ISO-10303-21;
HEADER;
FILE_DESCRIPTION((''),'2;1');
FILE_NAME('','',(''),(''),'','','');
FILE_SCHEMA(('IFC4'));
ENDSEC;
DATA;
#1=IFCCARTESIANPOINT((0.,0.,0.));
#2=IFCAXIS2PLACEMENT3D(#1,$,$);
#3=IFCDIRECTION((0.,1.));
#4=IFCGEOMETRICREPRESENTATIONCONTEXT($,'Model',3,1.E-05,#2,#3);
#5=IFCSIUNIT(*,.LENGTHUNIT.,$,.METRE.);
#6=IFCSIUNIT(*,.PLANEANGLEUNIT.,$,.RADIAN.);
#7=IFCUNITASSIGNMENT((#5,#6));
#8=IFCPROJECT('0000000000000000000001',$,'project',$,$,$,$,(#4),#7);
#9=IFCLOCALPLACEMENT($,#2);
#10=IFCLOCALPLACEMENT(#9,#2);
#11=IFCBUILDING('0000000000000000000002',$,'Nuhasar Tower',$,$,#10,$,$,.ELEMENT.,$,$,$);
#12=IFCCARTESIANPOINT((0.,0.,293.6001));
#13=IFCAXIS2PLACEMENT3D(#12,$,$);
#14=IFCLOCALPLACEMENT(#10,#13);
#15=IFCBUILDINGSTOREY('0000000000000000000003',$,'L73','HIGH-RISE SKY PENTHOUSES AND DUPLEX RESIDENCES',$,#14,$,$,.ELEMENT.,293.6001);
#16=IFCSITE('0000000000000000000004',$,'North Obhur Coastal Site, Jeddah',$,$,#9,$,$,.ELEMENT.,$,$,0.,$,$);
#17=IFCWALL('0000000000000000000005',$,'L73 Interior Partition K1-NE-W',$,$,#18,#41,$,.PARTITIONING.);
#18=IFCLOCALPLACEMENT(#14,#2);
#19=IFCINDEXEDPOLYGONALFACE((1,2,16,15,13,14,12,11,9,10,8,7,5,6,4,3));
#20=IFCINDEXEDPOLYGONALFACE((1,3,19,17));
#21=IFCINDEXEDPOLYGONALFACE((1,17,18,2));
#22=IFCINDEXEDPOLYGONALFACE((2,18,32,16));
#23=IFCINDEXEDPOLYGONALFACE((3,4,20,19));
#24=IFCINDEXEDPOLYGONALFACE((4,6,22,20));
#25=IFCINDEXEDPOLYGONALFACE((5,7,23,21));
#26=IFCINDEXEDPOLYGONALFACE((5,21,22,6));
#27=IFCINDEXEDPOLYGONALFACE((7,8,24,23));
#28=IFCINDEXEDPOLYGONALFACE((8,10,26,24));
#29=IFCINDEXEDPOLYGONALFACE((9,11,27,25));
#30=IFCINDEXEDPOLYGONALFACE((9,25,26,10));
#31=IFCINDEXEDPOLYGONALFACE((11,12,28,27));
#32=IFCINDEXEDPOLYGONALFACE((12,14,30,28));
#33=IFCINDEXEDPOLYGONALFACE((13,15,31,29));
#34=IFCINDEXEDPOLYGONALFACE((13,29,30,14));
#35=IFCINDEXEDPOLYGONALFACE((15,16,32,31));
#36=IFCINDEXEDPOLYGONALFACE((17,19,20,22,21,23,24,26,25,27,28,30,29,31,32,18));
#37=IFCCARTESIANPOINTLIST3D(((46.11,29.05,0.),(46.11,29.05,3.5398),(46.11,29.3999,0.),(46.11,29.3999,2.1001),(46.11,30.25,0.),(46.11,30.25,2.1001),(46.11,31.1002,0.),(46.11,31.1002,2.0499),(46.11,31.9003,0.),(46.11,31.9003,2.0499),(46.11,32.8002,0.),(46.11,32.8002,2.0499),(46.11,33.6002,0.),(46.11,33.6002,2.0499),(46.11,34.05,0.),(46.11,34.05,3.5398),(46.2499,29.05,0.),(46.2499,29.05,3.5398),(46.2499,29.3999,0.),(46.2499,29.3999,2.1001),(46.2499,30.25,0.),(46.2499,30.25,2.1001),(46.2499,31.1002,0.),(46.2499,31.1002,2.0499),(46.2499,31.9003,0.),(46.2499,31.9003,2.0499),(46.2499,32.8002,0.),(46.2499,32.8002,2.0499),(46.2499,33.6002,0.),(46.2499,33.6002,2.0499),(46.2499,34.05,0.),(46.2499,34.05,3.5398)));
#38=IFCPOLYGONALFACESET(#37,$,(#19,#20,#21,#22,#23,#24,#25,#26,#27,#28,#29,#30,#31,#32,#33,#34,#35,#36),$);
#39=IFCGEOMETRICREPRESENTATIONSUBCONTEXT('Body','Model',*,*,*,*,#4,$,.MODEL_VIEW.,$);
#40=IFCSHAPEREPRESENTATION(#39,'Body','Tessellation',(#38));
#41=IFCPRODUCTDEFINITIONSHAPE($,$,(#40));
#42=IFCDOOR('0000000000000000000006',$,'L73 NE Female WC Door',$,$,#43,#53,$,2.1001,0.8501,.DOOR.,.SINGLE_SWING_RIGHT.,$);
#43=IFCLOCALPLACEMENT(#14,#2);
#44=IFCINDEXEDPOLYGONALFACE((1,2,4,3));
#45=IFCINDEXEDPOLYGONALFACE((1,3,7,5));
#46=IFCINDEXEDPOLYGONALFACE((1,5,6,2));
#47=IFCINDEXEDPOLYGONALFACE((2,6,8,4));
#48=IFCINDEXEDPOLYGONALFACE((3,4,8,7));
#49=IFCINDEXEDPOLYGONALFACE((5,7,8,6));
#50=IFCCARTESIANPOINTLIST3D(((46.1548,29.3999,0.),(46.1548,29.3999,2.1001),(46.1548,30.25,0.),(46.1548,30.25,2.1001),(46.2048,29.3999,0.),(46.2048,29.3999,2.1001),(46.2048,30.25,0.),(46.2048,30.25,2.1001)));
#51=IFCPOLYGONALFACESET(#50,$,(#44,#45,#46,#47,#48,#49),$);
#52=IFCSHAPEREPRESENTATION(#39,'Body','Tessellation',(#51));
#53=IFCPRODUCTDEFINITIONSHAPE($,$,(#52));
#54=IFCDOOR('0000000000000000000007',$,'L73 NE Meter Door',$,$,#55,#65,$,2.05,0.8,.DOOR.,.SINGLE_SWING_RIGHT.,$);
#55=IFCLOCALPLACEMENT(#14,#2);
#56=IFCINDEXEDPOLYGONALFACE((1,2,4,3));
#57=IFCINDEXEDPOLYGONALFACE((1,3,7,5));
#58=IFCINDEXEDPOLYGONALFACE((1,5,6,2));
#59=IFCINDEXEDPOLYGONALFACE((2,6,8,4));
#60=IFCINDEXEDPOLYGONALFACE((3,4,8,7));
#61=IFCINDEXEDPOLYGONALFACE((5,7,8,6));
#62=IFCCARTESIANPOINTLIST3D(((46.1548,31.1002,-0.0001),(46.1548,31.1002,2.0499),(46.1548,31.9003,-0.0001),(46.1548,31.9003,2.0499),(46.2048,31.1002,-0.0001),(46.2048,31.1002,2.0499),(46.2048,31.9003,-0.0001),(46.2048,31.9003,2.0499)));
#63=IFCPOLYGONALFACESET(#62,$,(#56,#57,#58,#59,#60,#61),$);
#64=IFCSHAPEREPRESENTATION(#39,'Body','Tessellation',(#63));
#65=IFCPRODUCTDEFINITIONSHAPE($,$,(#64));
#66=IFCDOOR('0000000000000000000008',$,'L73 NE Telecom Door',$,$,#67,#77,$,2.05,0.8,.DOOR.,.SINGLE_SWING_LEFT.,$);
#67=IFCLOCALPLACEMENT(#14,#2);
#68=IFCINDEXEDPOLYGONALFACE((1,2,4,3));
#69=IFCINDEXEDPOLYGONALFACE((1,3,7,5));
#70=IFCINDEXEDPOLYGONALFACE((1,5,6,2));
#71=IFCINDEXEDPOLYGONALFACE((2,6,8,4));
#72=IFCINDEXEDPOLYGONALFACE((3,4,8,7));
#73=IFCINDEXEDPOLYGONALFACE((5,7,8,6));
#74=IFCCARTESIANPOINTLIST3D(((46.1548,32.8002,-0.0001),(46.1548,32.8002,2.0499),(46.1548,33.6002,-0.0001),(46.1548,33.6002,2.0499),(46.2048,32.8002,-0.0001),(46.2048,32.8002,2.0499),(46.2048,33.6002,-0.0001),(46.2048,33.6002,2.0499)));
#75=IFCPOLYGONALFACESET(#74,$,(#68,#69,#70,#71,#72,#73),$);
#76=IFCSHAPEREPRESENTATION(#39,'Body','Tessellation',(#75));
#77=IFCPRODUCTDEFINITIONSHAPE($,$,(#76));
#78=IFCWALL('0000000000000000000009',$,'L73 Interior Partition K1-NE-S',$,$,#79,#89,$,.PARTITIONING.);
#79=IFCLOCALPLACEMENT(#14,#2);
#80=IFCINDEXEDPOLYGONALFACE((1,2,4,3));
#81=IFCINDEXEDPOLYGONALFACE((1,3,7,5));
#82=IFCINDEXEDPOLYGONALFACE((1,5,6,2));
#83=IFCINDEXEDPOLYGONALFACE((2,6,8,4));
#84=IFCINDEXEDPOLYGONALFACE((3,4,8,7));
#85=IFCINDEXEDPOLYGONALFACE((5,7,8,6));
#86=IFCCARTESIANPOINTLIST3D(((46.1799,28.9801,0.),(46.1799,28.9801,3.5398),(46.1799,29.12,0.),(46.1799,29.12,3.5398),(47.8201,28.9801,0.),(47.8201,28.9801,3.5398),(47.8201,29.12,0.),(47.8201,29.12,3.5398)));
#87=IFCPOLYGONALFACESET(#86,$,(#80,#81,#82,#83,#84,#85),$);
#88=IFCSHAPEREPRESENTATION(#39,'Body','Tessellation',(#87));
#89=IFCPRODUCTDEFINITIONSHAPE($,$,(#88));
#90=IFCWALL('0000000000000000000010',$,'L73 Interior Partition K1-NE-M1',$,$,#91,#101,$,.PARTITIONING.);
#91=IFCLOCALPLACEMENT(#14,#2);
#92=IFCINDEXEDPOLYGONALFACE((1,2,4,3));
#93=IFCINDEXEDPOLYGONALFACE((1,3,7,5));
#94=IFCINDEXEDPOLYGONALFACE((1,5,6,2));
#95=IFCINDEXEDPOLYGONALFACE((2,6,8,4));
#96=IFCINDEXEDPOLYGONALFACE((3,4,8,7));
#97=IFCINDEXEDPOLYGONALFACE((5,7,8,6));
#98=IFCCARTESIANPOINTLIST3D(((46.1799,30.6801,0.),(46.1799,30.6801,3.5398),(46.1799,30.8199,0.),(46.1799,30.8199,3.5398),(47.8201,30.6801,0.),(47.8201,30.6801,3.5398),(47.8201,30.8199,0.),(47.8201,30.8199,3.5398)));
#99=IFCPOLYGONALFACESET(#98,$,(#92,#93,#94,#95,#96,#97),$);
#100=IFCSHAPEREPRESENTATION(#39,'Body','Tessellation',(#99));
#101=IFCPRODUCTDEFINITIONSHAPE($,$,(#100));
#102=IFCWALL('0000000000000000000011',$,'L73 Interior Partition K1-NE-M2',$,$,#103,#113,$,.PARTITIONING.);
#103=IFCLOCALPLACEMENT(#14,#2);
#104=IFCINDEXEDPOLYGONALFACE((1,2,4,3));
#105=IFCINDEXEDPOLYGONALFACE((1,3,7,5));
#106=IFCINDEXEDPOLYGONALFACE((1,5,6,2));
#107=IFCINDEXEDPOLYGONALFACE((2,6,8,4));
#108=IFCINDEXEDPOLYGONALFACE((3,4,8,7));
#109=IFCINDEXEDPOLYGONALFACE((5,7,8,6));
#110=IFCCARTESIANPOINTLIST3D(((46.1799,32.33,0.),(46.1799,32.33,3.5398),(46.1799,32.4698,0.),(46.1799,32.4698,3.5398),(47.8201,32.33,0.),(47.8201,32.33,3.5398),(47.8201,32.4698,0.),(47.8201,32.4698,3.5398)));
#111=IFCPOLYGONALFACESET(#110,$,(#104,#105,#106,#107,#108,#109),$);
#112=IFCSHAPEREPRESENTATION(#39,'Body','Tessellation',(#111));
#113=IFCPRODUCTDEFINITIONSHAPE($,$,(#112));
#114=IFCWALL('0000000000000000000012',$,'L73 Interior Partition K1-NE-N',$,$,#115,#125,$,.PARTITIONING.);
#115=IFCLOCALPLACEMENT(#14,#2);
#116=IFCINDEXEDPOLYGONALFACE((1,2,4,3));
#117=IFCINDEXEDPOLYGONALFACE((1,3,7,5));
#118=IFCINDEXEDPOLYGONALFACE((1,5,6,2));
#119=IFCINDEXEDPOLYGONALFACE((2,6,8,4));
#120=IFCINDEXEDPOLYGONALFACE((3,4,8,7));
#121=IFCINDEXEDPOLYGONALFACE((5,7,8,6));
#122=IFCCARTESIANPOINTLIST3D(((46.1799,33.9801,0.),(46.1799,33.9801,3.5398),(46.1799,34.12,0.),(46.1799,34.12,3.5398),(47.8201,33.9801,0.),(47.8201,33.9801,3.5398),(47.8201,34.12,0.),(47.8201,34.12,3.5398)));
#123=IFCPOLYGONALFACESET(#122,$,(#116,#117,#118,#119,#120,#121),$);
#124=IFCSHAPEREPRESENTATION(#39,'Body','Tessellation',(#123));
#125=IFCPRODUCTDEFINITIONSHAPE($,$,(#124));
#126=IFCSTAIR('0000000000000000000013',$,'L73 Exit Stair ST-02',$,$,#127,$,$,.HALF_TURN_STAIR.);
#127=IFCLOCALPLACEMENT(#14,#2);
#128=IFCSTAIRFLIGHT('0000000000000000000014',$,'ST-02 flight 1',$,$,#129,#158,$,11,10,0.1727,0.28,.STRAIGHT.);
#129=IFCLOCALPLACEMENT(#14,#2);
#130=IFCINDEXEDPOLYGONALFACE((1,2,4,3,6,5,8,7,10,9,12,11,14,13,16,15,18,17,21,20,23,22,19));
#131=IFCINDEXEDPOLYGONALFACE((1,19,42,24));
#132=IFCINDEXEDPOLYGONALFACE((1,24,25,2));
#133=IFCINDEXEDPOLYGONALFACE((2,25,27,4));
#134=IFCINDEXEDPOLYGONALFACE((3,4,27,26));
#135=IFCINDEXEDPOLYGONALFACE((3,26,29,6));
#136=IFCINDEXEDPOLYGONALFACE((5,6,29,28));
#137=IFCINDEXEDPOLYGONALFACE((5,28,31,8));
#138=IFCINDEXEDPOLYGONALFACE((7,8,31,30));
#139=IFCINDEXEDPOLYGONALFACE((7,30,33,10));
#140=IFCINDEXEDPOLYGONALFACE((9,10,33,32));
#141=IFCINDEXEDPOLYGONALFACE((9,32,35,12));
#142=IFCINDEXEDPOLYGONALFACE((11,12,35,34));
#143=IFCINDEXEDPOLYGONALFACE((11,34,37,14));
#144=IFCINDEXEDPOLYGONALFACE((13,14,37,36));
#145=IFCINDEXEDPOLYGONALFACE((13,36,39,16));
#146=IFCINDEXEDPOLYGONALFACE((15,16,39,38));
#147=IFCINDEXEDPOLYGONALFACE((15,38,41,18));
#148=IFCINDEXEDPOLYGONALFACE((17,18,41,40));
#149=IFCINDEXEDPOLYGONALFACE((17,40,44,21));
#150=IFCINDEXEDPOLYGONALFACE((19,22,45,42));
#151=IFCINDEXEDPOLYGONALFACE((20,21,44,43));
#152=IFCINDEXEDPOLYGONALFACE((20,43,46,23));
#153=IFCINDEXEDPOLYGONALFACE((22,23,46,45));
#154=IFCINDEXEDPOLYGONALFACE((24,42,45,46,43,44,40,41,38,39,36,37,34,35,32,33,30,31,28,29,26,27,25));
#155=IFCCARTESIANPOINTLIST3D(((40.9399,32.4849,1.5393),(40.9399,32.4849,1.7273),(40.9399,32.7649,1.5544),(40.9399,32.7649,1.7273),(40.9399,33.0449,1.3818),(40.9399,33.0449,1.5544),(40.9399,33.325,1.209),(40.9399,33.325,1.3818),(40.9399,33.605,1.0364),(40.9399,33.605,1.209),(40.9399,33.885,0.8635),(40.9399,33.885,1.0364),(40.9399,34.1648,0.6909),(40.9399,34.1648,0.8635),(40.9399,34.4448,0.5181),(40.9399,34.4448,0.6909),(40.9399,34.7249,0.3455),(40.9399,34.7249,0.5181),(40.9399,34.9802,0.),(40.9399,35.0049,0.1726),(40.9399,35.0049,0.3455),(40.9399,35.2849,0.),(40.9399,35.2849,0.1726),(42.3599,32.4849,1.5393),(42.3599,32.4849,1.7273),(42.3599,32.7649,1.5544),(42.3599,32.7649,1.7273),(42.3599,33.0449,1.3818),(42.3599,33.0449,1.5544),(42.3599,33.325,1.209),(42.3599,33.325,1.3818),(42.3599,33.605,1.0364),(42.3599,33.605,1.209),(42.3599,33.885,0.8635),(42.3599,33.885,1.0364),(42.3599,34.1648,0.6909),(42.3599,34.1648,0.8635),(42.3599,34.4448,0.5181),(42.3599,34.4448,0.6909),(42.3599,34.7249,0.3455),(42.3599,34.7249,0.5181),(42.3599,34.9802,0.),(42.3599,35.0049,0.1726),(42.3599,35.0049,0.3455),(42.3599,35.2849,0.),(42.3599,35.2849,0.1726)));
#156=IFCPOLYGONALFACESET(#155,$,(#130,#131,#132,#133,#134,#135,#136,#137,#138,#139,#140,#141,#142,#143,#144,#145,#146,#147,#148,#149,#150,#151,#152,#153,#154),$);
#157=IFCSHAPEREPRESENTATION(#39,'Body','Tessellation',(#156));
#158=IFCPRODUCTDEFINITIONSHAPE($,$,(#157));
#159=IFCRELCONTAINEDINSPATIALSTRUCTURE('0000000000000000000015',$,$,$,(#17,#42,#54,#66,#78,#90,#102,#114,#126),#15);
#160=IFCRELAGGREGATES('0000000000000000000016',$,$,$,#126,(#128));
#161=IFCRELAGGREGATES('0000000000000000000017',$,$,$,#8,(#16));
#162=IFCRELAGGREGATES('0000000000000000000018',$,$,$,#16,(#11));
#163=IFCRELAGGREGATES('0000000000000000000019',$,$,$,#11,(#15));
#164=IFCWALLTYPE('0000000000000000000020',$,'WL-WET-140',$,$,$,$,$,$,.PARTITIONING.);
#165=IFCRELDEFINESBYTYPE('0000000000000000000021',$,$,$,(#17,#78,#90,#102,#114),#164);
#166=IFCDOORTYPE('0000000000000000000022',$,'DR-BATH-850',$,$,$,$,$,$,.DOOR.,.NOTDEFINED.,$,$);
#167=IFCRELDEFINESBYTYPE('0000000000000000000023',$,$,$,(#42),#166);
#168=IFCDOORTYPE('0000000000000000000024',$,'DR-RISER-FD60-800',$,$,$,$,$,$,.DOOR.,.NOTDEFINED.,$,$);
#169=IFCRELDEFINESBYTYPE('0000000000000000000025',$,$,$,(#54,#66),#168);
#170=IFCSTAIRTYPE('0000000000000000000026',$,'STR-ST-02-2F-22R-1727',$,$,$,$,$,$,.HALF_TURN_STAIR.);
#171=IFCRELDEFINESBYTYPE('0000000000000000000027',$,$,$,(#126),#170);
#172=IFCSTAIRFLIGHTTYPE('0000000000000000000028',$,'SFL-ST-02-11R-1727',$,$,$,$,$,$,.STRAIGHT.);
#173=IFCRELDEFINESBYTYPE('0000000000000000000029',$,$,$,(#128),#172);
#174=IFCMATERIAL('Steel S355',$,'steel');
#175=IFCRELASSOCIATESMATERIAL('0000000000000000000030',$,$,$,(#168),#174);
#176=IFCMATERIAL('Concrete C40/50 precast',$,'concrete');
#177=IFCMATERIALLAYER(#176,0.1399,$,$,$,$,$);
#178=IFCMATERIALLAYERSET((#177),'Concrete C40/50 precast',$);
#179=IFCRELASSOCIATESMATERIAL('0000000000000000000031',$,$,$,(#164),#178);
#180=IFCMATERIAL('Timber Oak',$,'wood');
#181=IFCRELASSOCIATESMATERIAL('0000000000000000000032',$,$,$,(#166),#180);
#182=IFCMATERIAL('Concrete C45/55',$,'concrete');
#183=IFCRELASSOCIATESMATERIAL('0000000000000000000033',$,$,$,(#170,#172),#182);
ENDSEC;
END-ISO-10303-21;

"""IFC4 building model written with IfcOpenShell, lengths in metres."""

from ifc_helpers import new_model, si_unit, direction, frame, frame_2d, origin, place, context, subcontext, project, spatial, polyline, rectangle, outline, extrude, material, layer, layer_set, type_object, element, fill, aggregate, save


model = new_model("IFC4")

# Units and contexts
model_context = context("Model", 3, precision=1e-05, world=origin(), true_north=direction((0.0, 1.0)))
body_context = subcontext(model_context, "Body", "Model", "MODEL_VIEW")
ifc_project = project(units=[si_unit("LENGTHUNIT", "METRE"), si_unit("PLANEANGLEUNIT", "RADIAN")], contexts=[model_context])

# Site, building, storey
site_placement = place(None, origin())
site = spatial("IfcSite", under=ifc_project, at=site_placement, Name="North Obhur Coastal Site, Jeddah", CompositionType="ELEMENT", RefElevation=0.0)
building_placement = place(site_placement, origin())
building = spatial("IfcBuilding", under=site, at=building_placement, Name="Nuhasar Tower", CompositionType="ELEMENT")
storey_placement = place(building_placement, frame((0.0, 0.0, 293.6001)))
storey = spatial("IfcBuildingStorey", under=building, at=storey_placement, Name="L73", Description="HIGH-RISE SKY PENTHOUSES AND DUPLEX RESIDENCES", CompositionType="ELEMENT", Elevation=293.6001)

# Shared definitions
ifc_material_1 = material(Name="Steel S355", Category="steel")

# Shared definitions
ifc_material_2 = material(Name="Concrete C45/55", Category="concrete")

# Shared definitions
door_type_1 = type_object("IfcDoorType", Name="DR-RISER-FD60-800", OperationType="NOTDEFINED", PredefinedType="DOOR", material=ifc_material_1)

# Shared definitions
ifc_material_3 = material(Name="Concrete C40/50 precast", Category="concrete")
ifc_layer_1 = layer(ifc_material_3, 0.1399)
ifc_layer_set_1 = layer_set([ifc_layer_1], Name="Concrete C40/50 precast")
wall_type_1 = type_object("IfcWallType", Name="WL-WET-140", PredefinedType="PARTITIONING", material=ifc_layer_set_1)

# Wall, openings, doors
wall_1_placement = place(storey_placement, frame((46.1799, 34.05, 0.0), z_axis=(0.0, 0.0, 1.0), x_axis=(0.0, -1.0, 0.0)))
wall_1 = element("IfcWall", 1, at=wall_1_placement, inside=storey, type_object=wall_type_1, Name="L73 Interior Partition K1-NE-W", PredefinedType="PARTITIONING", context=body_context, shape_type="SweptSolid", body=[
    extrude(rectangle(XDim=5.0, YDim=0.1399, at=frame_2d((2.5, 0.0))), origin(), (0.0, 0.0, 1.0), 3.5398),
])
opening_1_placement = place(wall_1_placement, frame((3.8, 0.0, 0.0)))
opening_1 = element("IfcOpeningElement", 2, at=opening_1_placement, cuts=wall_1, PredefinedType="OPENING", context=body_context, shape_type="SweptSolid", body=[
    extrude(rectangle(XDim=0.8501, YDim=2.1001, at=frame_2d((0.425, 1.05))), frame((0.0, 0.0801, 0.0), z_axis=(0.0, -1.0, 0.0), x_axis=(1.0, 0.0, 0.0)), (0.0, 0.0, 1.0), 0.1599),
])
opening_2_placement = place(wall_1_placement, frame((2.1499, 0.0, 0.0)))
opening_2 = element("IfcOpeningElement", 3, at=opening_2_placement, cuts=wall_1, PredefinedType="OPENING", context=body_context, shape_type="SweptSolid", body=[
    extrude(rectangle(XDim=0.8, YDim=2.05, at=frame_2d((0.3999, 1.0249))), frame((0.0, 0.0801, 0.0), z_axis=(0.0, -1.0, 0.0), x_axis=(1.0, 0.0, 0.0)), (0.0, 0.0, 1.0), 0.1599),
])
opening_3_placement = place(wall_1_placement, frame((0.45, 0.0, 0.0)))
opening_3 = element("IfcOpeningElement", 4, at=opening_3_placement, cuts=wall_1, PredefinedType="OPENING", context=body_context, shape_type="SweptSolid", body=[
    extrude(rectangle(XDim=0.8, YDim=2.05, at=frame_2d((0.3999, 1.0249))), frame((0.0, 0.0801, 0.0), z_axis=(0.0, -1.0, 0.0), x_axis=(1.0, 0.0, 0.0)), (0.0, 0.0, 1.0), 0.1599),
])
ifc_material_4 = material(Name="Timber Oak", Category="wood")
door_type_2 = type_object("IfcDoorType", Name="DR-BATH-850", OperationType="NOTDEFINED", PredefinedType="DOOR", material=ifc_material_4)
door_1_placement = place(opening_1_placement, origin())
door_1 = element("IfcDoor", 5, at=door_1_placement, inside=storey, type_object=door_type_2, Name="L73 NE Female WC Door", OperationType="SINGLE_SWING_RIGHT", OverallHeight=2.1001, OverallWidth=0.8501, PredefinedType="DOOR", context=body_context, shape_type="SweptSolid", body=[
    extrude(rectangle(XDim=0.8501, YDim=2.1001, at=frame_2d((0.425, 1.05))), frame((0.0, 0.0249, 0.0), z_axis=(0.0, -1.0, 0.0), x_axis=(1.0, 0.0, 0.0)), (0.0, 0.0, 1.0), 0.05),
])
fill(opening_1, door_1)
door_2_placement = place(opening_2_placement, origin())
door_2 = element("IfcDoor", 6, at=door_2_placement, inside=storey, type_object=door_type_1, Name="L73 NE Meter Door", OperationType="SINGLE_SWING_RIGHT", OverallHeight=2.05, OverallWidth=0.8, PredefinedType="DOOR", context=body_context, shape_type="SweptSolid", body=[
    extrude(rectangle(XDim=0.8, YDim=2.05, at=frame_2d((0.3999, 1.0249))), frame((0.0, 0.0249, 0.0), z_axis=(0.0, -1.0, 0.0), x_axis=(1.0, 0.0, 0.0)), (0.0, 0.0, 1.0), 0.05),
])
fill(opening_2, door_2)
door_3_placement = place(opening_3_placement, origin())
door_3 = element("IfcDoor", 7, at=door_3_placement, inside=storey, type_object=door_type_1, Name="L73 NE Telecom Door", OperationType="SINGLE_SWING_LEFT", OverallHeight=2.05, OverallWidth=0.8, PredefinedType="DOOR", context=body_context, shape_type="SweptSolid", body=[
    extrude(rectangle(XDim=0.8, YDim=2.05, at=frame_2d((0.3999, 1.0249))), frame((0.0, 0.0249, 0.0), z_axis=(0.0, -1.0, 0.0), x_axis=(1.0, 0.0, 0.0)), (0.0, 0.0, 1.0), 0.05),
])
fill(opening_3, door_3)

# Walls
for number, where, z_axis, x_axis, name in (
    (8, (46.1799, 29.05, 0.0), (0.0, 0.0, 1.0), (1.0, 0.0, 0.0), "L73 Interior Partition K1-NE-S"),
    (9, (46.1799, 30.75, 0.0), (0.0, 0.0, 1.0), (1.0, 0.0, 0.0), "L73 Interior Partition K1-NE-M1"),
    (10, (46.1799, 32.3999, 0.0), (0.0, 0.0, 1.0), (1.0, 0.0, 0.0), "L73 Interior Partition K1-NE-M2"),
    (11, (46.1799, 34.05, 0.0), (0.0, 0.0, 1.0), (1.0, 0.0, 0.0), "L73 Interior Partition K1-NE-N"),
):
    element("IfcWall", number, at=place(storey_placement, frame(where, z_axis=z_axis, x_axis=x_axis)), inside=storey, type_object=wall_type_1, Name=name, PredefinedType="PARTITIONING", context=body_context, shape_type="SweptSolid", body=[
        extrude(rectangle(XDim=1.6401, YDim=0.1399, at=frame_2d((0.8201, 0.0))), origin(), (0.0, 0.0, 1.0), 3.5398),
    ])

# Stair, stair flight
stair_type_1 = type_object("IfcStairType", Name="STR-ST-02-2F-22R-1727", PredefinedType="HALF_TURN_STAIR", material=ifc_material_2)
stair_1_placement = place(storey_placement, origin())
stair_1 = element("IfcStair", 12, at=stair_1_placement, inside=storey, type_object=stair_type_1, Name="L73 Exit Stair ST-02", PredefinedType="HALF_TURN_STAIR")
stair_flight_type_1 = type_object("IfcStairFlightType", Name="SFL-ST-02-11R-1727", PredefinedType="STRAIGHT", material=ifc_material_2)
stair_flight_1_placement = place(storey_placement, frame((41.6499, 35.2849, 0.0), z_axis=(0.0, 0.0, 1.0), x_axis=(0.0, -1.0, 0.0)))
stair_flight_1 = element("IfcStairFlight", 13, at=stair_flight_1_placement, type_object=stair_flight_type_1, Name="ST-02 flight 1", NumberOfRisers=11, NumberOfTreads=10, PredefinedType="STRAIGHT", RiserHeight=0.1727, TreadLength=0.28, context=body_context, shape_type="SweptSolid", body=[
    extrude(outline(polyline([(0.0, 0.0), (0.0, 0.1726), (0.28, 0.1726), (0.28, 0.3455), (0.5601, 0.3455), (0.5601, 0.5181), (0.8401, 0.5181), (0.8401, 0.6909), (1.1201, 0.6909), (1.1201, 0.8635), (1.3999, 0.8635), (1.3999, 1.0364), (1.6799, 1.0364), (1.6799, 1.209), (1.96, 1.209), (1.96, 1.3818), (2.24, 1.3818), (2.24, 1.5544), (2.52, 1.5544), (2.52, 1.7273), (2.8, 1.7273), (2.8, 1.8999), (2.8, 1.5393), (0.3047, 0.0), (0.0, 0.0)])), frame((0.0, 0.71, 0.0), z_axis=(0.0, -1.0, 0.0), x_axis=(1.0, 0.0, 0.0)), (0.0, 0.0, 1.0), 1.4199),
])
aggregate(stair_1, [stair_flight_1])

save(model, "model.ifc")
